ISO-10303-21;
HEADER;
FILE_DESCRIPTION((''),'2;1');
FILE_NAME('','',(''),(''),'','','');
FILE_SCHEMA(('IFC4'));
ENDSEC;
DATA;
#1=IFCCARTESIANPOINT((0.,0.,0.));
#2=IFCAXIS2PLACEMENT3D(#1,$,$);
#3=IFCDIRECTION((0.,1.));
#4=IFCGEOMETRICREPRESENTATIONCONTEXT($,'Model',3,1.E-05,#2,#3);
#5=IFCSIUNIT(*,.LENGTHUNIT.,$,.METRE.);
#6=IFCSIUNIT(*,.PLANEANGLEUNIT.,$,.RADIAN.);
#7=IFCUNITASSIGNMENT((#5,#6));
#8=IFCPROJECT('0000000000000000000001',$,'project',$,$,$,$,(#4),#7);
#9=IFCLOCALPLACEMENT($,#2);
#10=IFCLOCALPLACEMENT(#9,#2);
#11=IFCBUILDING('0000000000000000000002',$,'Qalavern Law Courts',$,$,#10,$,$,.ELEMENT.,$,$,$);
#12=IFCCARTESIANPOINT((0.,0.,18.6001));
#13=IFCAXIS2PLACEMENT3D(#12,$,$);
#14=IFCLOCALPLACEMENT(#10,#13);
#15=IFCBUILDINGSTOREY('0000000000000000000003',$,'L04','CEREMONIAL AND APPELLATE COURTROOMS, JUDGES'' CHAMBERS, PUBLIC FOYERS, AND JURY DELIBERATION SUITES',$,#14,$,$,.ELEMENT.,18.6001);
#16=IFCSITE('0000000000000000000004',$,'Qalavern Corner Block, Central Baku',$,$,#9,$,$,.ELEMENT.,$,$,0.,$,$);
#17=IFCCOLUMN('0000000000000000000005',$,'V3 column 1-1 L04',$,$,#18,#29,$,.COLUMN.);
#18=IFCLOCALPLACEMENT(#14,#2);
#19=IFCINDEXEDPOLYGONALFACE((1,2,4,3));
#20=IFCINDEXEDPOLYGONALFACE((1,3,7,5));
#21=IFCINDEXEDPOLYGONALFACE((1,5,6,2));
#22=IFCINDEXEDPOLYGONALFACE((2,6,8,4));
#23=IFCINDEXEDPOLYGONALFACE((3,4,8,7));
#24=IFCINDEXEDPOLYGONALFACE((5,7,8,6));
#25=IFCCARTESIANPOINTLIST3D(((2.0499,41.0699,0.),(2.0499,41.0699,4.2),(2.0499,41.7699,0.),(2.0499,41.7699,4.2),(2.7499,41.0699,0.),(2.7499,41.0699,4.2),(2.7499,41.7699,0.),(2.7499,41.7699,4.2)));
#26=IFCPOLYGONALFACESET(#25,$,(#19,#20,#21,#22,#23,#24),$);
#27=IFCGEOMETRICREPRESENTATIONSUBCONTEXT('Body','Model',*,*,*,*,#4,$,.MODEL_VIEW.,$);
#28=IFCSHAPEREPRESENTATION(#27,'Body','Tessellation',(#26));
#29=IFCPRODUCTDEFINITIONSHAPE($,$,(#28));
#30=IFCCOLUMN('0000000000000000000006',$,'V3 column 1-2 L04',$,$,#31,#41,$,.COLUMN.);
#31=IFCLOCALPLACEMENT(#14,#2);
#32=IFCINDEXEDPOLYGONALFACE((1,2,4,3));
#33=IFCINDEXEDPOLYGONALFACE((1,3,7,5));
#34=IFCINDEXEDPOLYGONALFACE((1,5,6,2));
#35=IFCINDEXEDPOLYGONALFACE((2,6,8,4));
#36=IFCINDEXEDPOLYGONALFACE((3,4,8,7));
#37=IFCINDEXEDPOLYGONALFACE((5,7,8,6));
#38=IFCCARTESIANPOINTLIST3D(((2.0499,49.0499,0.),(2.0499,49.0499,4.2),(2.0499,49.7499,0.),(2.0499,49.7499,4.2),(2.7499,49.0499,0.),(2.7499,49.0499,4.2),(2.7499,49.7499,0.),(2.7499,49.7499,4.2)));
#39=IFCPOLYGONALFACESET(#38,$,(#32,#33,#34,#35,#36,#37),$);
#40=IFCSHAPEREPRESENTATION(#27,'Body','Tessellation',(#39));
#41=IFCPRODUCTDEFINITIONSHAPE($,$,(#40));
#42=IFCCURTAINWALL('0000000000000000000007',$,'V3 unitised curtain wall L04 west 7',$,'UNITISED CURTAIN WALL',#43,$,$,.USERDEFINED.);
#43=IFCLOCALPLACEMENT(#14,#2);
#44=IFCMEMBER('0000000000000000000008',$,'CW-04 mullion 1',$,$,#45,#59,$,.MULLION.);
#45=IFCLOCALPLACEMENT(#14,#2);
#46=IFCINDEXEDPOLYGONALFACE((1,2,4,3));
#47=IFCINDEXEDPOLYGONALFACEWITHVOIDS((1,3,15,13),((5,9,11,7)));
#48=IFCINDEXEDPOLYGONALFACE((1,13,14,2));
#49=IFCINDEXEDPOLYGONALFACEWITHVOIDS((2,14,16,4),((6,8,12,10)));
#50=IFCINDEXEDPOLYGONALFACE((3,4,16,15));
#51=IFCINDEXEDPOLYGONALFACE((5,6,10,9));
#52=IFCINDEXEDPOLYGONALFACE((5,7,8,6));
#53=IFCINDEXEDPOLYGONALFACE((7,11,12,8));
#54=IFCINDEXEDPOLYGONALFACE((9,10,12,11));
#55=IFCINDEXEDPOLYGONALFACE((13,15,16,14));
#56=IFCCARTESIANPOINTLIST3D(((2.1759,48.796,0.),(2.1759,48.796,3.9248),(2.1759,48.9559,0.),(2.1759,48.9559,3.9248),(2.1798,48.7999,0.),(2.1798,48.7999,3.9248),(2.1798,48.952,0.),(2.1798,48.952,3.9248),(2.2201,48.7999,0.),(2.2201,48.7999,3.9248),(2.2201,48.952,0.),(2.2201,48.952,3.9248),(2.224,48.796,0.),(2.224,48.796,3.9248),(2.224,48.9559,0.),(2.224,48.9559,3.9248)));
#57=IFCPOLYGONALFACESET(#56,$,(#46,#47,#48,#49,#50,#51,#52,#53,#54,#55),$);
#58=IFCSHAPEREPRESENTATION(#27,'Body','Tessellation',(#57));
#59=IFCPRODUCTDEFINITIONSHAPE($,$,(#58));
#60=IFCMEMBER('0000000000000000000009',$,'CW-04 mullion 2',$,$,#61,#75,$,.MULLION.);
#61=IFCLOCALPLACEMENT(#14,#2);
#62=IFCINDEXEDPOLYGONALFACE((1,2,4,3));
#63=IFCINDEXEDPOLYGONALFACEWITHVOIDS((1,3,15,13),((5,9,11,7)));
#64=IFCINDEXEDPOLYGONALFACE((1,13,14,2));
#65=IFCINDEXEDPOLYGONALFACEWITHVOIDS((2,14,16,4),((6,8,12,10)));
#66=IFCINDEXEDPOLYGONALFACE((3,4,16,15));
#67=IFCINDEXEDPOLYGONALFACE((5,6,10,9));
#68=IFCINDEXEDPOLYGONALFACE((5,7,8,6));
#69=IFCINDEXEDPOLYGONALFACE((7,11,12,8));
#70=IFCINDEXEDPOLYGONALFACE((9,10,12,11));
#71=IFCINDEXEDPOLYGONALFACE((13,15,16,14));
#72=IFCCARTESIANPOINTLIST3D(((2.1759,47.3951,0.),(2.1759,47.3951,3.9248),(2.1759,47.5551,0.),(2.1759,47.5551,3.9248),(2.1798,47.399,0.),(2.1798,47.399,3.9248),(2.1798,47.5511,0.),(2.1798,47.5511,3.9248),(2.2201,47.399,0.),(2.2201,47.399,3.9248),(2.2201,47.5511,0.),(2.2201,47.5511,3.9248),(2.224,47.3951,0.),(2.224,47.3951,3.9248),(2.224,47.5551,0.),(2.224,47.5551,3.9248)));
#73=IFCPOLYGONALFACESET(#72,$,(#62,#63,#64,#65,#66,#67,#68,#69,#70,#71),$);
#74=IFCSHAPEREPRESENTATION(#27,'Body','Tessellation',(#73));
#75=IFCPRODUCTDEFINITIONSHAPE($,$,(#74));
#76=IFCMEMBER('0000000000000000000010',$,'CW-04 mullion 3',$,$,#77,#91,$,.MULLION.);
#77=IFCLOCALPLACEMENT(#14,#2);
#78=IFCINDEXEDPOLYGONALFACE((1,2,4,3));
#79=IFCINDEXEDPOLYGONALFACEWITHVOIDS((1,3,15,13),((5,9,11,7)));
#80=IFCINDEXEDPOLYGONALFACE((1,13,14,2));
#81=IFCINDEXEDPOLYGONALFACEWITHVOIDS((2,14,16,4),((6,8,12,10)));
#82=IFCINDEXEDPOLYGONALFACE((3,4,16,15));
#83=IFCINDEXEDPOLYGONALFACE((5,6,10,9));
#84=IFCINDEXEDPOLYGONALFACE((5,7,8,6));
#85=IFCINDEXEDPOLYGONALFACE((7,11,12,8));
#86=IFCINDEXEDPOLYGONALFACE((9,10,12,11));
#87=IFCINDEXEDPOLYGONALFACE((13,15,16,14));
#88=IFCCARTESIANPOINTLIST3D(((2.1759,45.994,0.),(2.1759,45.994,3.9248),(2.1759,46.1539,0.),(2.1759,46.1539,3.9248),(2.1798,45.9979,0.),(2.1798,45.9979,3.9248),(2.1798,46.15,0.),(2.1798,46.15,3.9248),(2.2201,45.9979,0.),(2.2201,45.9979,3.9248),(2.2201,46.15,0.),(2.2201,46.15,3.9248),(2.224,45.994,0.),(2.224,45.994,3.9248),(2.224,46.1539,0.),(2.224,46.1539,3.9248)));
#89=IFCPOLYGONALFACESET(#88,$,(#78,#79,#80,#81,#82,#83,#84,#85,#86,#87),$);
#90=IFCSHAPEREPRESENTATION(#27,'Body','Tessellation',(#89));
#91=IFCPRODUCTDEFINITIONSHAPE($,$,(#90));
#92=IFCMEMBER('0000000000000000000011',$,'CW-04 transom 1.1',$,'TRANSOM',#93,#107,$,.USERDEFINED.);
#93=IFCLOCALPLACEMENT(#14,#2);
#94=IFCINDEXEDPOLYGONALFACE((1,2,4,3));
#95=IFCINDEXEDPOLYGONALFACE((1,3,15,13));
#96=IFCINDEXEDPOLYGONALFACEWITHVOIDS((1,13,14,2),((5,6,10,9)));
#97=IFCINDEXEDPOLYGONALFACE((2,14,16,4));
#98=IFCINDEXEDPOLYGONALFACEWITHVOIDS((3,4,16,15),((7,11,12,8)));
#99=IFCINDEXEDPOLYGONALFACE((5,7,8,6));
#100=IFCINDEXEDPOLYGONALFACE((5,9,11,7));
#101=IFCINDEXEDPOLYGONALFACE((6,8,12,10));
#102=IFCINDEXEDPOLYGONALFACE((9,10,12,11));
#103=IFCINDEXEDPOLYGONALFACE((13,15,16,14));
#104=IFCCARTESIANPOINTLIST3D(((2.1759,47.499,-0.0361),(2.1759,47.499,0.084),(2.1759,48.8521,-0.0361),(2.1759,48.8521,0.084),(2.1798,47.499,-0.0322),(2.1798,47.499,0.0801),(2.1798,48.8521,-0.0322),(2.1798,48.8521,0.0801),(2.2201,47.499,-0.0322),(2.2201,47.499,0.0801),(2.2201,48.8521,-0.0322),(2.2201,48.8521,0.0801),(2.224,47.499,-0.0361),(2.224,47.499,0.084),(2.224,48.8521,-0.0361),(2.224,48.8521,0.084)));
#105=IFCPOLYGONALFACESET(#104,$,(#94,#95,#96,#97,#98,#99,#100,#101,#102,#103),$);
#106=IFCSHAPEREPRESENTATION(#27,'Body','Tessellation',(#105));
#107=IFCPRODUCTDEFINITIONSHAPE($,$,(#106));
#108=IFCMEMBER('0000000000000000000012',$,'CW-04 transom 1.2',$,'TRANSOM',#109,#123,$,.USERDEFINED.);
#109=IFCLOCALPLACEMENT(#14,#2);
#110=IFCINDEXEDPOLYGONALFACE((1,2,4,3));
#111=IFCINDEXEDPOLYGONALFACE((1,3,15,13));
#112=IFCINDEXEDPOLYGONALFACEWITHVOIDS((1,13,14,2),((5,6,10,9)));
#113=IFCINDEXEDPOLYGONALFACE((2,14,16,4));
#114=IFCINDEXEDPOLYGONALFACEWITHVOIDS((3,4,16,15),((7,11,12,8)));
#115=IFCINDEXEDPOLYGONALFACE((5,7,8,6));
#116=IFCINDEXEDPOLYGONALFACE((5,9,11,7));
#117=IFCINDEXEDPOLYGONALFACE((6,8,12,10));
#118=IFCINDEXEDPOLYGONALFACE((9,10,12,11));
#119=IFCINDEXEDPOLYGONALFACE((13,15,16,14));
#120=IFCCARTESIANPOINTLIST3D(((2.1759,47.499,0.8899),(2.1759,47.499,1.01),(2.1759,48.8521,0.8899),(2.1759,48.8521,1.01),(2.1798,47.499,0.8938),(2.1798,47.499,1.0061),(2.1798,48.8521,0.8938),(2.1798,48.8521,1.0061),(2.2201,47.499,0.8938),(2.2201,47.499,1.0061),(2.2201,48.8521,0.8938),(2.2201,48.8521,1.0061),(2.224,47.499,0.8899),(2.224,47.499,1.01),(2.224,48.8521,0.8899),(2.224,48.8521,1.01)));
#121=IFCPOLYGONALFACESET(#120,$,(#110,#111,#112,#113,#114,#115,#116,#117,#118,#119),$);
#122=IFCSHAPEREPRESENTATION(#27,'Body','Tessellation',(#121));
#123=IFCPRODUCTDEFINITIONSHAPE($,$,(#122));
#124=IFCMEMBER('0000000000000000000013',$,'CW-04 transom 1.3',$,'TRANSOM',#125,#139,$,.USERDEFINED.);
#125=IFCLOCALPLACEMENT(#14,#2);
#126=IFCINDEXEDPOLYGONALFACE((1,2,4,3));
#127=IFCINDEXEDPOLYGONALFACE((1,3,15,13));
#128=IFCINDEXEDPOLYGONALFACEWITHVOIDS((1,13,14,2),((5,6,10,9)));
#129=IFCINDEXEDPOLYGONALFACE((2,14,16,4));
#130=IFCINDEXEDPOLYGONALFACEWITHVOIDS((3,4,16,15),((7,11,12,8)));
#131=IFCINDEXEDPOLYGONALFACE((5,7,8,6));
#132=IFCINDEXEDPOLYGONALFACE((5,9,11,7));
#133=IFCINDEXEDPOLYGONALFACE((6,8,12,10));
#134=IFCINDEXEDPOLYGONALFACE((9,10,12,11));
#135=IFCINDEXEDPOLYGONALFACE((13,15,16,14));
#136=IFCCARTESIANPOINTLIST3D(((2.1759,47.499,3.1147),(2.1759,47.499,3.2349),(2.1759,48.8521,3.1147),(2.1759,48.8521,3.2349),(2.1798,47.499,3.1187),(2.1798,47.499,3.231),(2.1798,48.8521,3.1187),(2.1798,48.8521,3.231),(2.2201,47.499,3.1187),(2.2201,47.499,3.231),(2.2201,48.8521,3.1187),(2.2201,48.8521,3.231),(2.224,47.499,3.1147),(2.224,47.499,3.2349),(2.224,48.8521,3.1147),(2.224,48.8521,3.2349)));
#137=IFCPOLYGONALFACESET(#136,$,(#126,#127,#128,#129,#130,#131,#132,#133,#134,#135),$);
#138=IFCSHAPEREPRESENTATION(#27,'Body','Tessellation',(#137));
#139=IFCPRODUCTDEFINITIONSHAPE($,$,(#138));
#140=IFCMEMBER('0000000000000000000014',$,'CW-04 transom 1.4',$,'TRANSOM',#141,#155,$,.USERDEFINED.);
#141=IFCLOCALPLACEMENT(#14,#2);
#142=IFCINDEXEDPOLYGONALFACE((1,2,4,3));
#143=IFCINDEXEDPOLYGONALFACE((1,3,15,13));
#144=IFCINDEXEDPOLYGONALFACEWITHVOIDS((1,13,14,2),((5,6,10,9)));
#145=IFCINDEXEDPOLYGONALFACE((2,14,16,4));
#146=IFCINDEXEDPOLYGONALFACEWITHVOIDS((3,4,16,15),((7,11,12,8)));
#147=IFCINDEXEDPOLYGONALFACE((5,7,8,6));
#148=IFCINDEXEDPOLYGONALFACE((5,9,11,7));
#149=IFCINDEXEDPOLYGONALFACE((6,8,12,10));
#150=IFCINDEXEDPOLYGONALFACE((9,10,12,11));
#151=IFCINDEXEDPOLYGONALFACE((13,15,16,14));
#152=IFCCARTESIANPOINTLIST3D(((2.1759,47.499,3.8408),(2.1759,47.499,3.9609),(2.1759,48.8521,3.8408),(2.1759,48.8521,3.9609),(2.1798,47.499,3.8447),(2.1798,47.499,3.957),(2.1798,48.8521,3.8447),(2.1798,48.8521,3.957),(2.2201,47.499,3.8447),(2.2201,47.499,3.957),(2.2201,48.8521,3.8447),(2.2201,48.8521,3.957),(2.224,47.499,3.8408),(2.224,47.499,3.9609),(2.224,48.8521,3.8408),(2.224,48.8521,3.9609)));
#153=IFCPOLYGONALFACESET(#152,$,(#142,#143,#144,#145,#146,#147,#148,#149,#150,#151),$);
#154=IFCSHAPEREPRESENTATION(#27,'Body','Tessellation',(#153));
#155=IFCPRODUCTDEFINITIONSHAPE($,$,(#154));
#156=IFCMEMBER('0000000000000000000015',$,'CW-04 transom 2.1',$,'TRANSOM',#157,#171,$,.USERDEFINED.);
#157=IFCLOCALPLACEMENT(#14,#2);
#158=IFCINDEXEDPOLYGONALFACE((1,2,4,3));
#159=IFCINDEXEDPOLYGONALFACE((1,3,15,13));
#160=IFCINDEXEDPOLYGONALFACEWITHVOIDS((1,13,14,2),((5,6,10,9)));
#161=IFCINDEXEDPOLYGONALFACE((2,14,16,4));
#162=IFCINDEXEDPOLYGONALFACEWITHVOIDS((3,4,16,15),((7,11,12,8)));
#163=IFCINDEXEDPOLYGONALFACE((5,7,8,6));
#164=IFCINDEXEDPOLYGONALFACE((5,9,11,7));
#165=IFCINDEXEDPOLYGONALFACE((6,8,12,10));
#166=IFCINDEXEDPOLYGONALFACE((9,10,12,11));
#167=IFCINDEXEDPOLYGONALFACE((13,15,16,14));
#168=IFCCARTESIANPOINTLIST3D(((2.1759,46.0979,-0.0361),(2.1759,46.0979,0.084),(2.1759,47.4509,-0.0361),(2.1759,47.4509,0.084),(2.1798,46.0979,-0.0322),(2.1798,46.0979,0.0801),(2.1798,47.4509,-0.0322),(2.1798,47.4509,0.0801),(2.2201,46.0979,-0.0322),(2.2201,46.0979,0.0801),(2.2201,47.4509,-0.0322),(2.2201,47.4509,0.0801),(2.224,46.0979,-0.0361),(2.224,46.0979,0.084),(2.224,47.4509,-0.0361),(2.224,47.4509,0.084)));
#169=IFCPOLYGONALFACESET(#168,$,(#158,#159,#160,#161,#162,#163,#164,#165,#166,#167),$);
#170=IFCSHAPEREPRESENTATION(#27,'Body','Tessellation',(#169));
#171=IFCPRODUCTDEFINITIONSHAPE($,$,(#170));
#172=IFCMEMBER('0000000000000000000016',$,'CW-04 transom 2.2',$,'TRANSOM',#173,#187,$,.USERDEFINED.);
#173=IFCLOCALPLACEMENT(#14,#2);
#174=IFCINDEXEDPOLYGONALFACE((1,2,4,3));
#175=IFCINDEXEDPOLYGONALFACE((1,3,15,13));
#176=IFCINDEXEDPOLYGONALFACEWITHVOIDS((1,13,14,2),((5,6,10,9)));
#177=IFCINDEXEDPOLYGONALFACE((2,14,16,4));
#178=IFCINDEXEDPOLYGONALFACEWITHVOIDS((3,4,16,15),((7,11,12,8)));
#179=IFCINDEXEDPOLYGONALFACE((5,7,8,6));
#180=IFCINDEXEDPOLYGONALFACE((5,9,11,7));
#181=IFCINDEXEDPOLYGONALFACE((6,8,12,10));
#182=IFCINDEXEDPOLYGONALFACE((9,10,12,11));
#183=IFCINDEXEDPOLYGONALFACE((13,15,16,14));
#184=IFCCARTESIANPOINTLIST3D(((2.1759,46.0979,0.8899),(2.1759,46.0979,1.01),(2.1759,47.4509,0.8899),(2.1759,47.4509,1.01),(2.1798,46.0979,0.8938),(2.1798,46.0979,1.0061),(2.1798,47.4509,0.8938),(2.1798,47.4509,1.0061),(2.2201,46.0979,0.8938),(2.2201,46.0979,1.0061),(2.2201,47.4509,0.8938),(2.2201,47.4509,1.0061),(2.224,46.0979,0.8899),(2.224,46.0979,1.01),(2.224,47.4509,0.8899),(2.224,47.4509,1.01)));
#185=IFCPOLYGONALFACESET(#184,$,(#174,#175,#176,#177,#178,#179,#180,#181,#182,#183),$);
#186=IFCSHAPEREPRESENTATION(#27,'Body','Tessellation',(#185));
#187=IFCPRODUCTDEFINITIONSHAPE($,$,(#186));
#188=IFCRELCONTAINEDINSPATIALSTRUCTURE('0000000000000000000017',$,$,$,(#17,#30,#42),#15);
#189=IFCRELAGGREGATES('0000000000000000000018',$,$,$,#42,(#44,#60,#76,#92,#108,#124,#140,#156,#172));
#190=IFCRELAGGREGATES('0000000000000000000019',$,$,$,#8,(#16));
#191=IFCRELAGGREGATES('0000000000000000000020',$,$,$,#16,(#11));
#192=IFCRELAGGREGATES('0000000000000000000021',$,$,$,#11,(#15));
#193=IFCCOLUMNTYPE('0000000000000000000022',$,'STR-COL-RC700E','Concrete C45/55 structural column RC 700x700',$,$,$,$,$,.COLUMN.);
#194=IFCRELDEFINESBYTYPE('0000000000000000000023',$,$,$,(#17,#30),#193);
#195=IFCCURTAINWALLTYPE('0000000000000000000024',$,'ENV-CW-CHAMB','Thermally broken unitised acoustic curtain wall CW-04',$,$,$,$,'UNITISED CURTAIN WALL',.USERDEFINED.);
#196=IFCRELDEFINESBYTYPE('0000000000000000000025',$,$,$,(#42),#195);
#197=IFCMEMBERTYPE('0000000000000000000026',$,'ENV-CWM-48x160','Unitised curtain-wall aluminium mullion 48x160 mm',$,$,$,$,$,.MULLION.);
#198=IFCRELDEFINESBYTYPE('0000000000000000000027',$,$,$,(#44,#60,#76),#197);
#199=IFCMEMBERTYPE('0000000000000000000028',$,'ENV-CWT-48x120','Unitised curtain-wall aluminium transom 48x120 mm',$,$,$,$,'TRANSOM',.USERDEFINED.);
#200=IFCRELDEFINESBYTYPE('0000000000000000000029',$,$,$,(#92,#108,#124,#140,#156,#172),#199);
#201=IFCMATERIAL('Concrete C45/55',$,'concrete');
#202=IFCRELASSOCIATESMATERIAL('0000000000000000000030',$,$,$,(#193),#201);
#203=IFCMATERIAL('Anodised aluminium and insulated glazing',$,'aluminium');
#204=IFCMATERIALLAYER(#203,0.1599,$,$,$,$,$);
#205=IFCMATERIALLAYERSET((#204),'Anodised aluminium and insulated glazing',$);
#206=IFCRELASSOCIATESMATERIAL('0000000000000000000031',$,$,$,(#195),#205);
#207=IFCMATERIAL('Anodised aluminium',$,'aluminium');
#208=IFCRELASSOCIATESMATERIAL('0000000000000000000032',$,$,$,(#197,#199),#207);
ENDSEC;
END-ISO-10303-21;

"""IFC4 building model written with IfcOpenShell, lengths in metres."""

from ifc_helpers import new_model, si_unit, direction, frame, origin, origin_2d, place, context, subcontext, project, spatial, rectangle, hollow_rectangle, extrude, material, layer, layer_set, material_profile, profile_set, type_object, element, aggregate, save


model = new_model("IFC4")

# Units and contexts
model_context = context("Model", 3, precision=1e-05, world=origin(), true_north=direction((0.0, 1.0)))
body_context = subcontext(model_context, "Body", "Model", "MODEL_VIEW")
ifc_project = project(units=[si_unit("LENGTHUNIT", "METRE"), si_unit("PLANEANGLEUNIT", "RADIAN")], contexts=[model_context])

# Site, building, storey
site_placement = place(None, origin())
site = spatial("IfcSite", under=ifc_project, at=site_placement, Name="Qalavern Corner Block, Central Baku", CompositionType="ELEMENT", RefElevation=0.0)
building_placement = place(site_placement, origin())
building = spatial("IfcBuilding", under=site, at=building_placement, Name="Qalavern Law Courts", CompositionType="ELEMENT")
storey_placement = place(building_placement, frame((0.0, 0.0, 18.6001)))
storey = spatial("IfcBuildingStorey", under=building, at=storey_placement, Name="L04", Description="CEREMONIAL AND APPELLATE COURTROOMS, JUDGES' CHAMBERS, PUBLIC FOYERS, AND JURY DELIBERATION SUITES", CompositionType="ELEMENT", Elevation=18.6001)

# Columns
ifc_material_1 = material(Name="Concrete C45/55", Category="concrete")
ifc_material_profile_1 = material_profile(ifc_material_1, rectangle(XDim=0.7, YDim=0.7, at=origin_2d()), Name="RC 700x700")
ifc_profile_set_1 = profile_set([ifc_material_profile_1], Name="Concrete C45/55")
column_type = type_object("IfcColumnType", Name="STR-COL-RC700E", Description="Concrete C45/55 structural column RC 700x700", PredefinedType="COLUMN", material=ifc_profile_set_1)
for number, where, z_axis, x_axis, name in (
    (1, (2.3999, 41.4199, 0.0), (0.0, 0.0, 1.0), (1.0, 0.0, 0.0), "V3 column 1-1 L04"),
    (2, (2.3999, 49.3999, 0.0), (0.0, 0.0, 1.0), (1.0, 0.0, 0.0), "V3 column 1-2 L04"),
):
    element("IfcColumn", number, at=place(storey_placement, frame(where, z_axis=z_axis, x_axis=x_axis)), inside=storey, type_object=column_type, Name=name, PredefinedType="COLUMN", context=body_context, shape_type="SweptSolid", body=[
        extrude(rectangle(XDim=0.7, YDim=0.7, at=origin_2d()), origin(), (0.0, 0.0, 1.0), 4.2),
    ])

# Curtain wall, members
ifc_material_2 = material(Name="Anodised aluminium and insulated glazing", Category="aluminium")
ifc_layer_1 = layer(ifc_material_2, 0.1599)
ifc_layer_set_1 = layer_set([ifc_layer_1], Name="Anodised aluminium and insulated glazing")
curtain_wall_type = type_object("IfcCurtainWallType", Name="ENV-CW-CHAMB", Description="Thermally broken unitised acoustic curtain wall CW-04", ElementType="UNITISED CURTAIN WALL", PredefinedType="USERDEFINED", material=ifc_layer_set_1)
curtain_wall_placement = place(storey_placement, origin())
curtain_wall = element("IfcCurtainWall", 3, at=curtain_wall_placement, inside=storey, type_object=curtain_wall_type, Name="V3 unitised curtain wall L04 west 7", ObjectType="UNITISED CURTAIN WALL", PredefinedType="USERDEFINED")
ifc_material_3 = material(Name="Anodised aluminium", Category="aluminium")
ifc_material_profile_2 = material_profile(ifc_material_3, hollow_rectangle(XDim=0.0481, YDim=0.1599, WallThickness=0.0039, at=origin_2d()), Name="ALU MULLION 48x160")
ifc_profile_set_2 = profile_set([ifc_material_profile_2], Name="Anodised aluminium")
member_type_1 = type_object("IfcMemberType", Name="ENV-CWM-48x160", Description="Unitised curtain-wall aluminium mullion 48x160 mm", PredefinedType="MULLION", material=ifc_profile_set_2)
member_1_placement = place(storey_placement, frame((2.2, 48.876, 0.0), z_axis=(0.0, 0.0, 1.0), x_axis=(1.0, 0.0, 0.0)))
member_1 = element("IfcMember", 4, at=member_1_placement, type_object=member_type_1, Name="CW-04 mullion 1", PredefinedType="MULLION", context=body_context, shape_type="SweptSolid", body=[
    extrude(hollow_rectangle(XDim=0.0481, YDim=0.1599, WallThickness=0.0039, at=origin_2d()), origin(), (0.0, 0.0, 1.0), 3.9248),
])
member_2_placement = place(storey_placement, frame((2.2, 47.4751, 0.0), z_axis=(0.0, 0.0, 1.0), x_axis=(1.0, 0.0, 0.0)))
member_2 = element("IfcMember", 5, at=member_2_placement, type_object=member_type_1, Name="CW-04 mullion 2", PredefinedType="MULLION", context=body_context, shape_type="SweptSolid", body=[
    extrude(hollow_rectangle(XDim=0.0481, YDim=0.1599, WallThickness=0.0039, at=origin_2d()), origin(), (0.0, 0.0, 1.0), 3.9248),
])
member_3_placement = place(storey_placement, frame((2.2, 46.074, 0.0), z_axis=(0.0, 0.0, 1.0), x_axis=(1.0, 0.0, 0.0)))
member_3 = element("IfcMember", 6, at=member_3_placement, type_object=member_type_1, Name="CW-04 mullion 3", PredefinedType="MULLION", context=body_context, shape_type="SweptSolid", body=[
    extrude(hollow_rectangle(XDim=0.0481, YDim=0.1599, WallThickness=0.0039, at=origin_2d()), origin(), (0.0, 0.0, 1.0), 3.9248),
])
ifc_material_profile_3 = material_profile(ifc_material_3, hollow_rectangle(XDim=0.0481, YDim=0.1201, WallThickness=0.0039, at=origin_2d()), Name="ALU TRANSOM 48x120")
ifc_profile_set_3 = profile_set([ifc_material_profile_3], Name="Anodised aluminium")
member_type_2 = type_object("IfcMemberType", Name="ENV-CWT-48x120", Description="Unitised curtain-wall aluminium transom 48x120 mm", ElementType="TRANSOM", PredefinedType="USERDEFINED", material=ifc_profile_set_3)
member_4_placement = place(storey_placement, frame((2.2, 48.8521, 0.0239), z_axis=(0.0, -1.0, 0.0), x_axis=(1.0, 0.0, 0.0)))
member_4 = element("IfcMember", 7, at=member_4_placement, type_object=member_type_2, Name="CW-04 transom 1.1", ObjectType="TRANSOM", PredefinedType="USERDEFINED", context=body_context, shape_type="SweptSolid", body=[
    extrude(hollow_rectangle(XDim=0.0481, YDim=0.1201, WallThickness=0.0039, at=origin_2d()), origin(), (0.0, 0.0, 1.0), 1.353),
])
member_5_placement = place(storey_placement, frame((2.2, 48.8521, 0.95), z_axis=(0.0, -1.0, 0.0), x_axis=(1.0, 0.0, 0.0)))
member_5 = element("IfcMember", 8, at=member_5_placement, type_object=member_type_2, Name="CW-04 transom 1.2", ObjectType="TRANSOM", PredefinedType="USERDEFINED", context=body_context, shape_type="SweptSolid", body=[
    extrude(hollow_rectangle(XDim=0.0481, YDim=0.1201, WallThickness=0.0039, at=origin_2d()), origin(), (0.0, 0.0, 1.0), 1.353),
])
member_6_placement = place(storey_placement, frame((2.2, 48.8521, 3.1748), z_axis=(0.0, -1.0, 0.0), x_axis=(1.0, 0.0, 0.0)))
member_6 = element("IfcMember", 9, at=member_6_placement, type_object=member_type_2, Name="CW-04 transom 1.3", ObjectType="TRANSOM", PredefinedType="USERDEFINED", context=body_context, shape_type="SweptSolid", body=[
    extrude(hollow_rectangle(XDim=0.0481, YDim=0.1201, WallThickness=0.0039, at=origin_2d()), origin(), (0.0, 0.0, 1.0), 1.353),
])
member_7_placement = place(storey_placement, frame((2.2, 48.8521, 3.9009), z_axis=(0.0, -1.0, 0.0), x_axis=(1.0, 0.0, 0.0)))
member_7 = element("IfcMember", 10, at=member_7_placement, type_object=member_type_2, Name="CW-04 transom 1.4", ObjectType="TRANSOM", PredefinedType="USERDEFINED", context=body_context, shape_type="SweptSolid", body=[
    extrude(hollow_rectangle(XDim=0.0481, YDim=0.1201, WallThickness=0.0039, at=origin_2d()), origin(), (0.0, 0.0, 1.0), 1.353),
])
member_8_placement = place(storey_placement, frame((2.2, 47.4509, 0.0239), z_axis=(0.0, -1.0, 0.0), x_axis=(1.0, 0.0, 0.0)))
member_8 = element("IfcMember", 11, at=member_8_placement, type_object=member_type_2, Name="CW-04 transom 2.1", ObjectType="TRANSOM", PredefinedType="USERDEFINED", context=body_context, shape_type="SweptSolid", body=[
    extrude(hollow_rectangle(XDim=0.0481, YDim=0.1201, WallThickness=0.0039, at=origin_2d()), origin(), (0.0, 0.0, 1.0), 1.353),
])
member_9_placement = place(storey_placement, frame((2.2, 47.4509, 0.95), z_axis=(0.0, -1.0, 0.0), x_axis=(1.0, 0.0, 0.0)))
member_9 = element("IfcMember", 12, at=member_9_placement, type_object=member_type_2, Name="CW-04 transom 2.2", ObjectType="TRANSOM", PredefinedType="USERDEFINED", context=body_context, shape_type="SweptSolid", body=[
    extrude(hollow_rectangle(XDim=0.0481, YDim=0.1201, WallThickness=0.0039, at=origin_2d()), origin(), (0.0, 0.0, 1.0), 1.353),
])

aggregate(curtain_wall, [member_1, member_2, member_3, member_4, member_5, member_6, member_7, member_8, member_9])

save(model, "model.ifc")
